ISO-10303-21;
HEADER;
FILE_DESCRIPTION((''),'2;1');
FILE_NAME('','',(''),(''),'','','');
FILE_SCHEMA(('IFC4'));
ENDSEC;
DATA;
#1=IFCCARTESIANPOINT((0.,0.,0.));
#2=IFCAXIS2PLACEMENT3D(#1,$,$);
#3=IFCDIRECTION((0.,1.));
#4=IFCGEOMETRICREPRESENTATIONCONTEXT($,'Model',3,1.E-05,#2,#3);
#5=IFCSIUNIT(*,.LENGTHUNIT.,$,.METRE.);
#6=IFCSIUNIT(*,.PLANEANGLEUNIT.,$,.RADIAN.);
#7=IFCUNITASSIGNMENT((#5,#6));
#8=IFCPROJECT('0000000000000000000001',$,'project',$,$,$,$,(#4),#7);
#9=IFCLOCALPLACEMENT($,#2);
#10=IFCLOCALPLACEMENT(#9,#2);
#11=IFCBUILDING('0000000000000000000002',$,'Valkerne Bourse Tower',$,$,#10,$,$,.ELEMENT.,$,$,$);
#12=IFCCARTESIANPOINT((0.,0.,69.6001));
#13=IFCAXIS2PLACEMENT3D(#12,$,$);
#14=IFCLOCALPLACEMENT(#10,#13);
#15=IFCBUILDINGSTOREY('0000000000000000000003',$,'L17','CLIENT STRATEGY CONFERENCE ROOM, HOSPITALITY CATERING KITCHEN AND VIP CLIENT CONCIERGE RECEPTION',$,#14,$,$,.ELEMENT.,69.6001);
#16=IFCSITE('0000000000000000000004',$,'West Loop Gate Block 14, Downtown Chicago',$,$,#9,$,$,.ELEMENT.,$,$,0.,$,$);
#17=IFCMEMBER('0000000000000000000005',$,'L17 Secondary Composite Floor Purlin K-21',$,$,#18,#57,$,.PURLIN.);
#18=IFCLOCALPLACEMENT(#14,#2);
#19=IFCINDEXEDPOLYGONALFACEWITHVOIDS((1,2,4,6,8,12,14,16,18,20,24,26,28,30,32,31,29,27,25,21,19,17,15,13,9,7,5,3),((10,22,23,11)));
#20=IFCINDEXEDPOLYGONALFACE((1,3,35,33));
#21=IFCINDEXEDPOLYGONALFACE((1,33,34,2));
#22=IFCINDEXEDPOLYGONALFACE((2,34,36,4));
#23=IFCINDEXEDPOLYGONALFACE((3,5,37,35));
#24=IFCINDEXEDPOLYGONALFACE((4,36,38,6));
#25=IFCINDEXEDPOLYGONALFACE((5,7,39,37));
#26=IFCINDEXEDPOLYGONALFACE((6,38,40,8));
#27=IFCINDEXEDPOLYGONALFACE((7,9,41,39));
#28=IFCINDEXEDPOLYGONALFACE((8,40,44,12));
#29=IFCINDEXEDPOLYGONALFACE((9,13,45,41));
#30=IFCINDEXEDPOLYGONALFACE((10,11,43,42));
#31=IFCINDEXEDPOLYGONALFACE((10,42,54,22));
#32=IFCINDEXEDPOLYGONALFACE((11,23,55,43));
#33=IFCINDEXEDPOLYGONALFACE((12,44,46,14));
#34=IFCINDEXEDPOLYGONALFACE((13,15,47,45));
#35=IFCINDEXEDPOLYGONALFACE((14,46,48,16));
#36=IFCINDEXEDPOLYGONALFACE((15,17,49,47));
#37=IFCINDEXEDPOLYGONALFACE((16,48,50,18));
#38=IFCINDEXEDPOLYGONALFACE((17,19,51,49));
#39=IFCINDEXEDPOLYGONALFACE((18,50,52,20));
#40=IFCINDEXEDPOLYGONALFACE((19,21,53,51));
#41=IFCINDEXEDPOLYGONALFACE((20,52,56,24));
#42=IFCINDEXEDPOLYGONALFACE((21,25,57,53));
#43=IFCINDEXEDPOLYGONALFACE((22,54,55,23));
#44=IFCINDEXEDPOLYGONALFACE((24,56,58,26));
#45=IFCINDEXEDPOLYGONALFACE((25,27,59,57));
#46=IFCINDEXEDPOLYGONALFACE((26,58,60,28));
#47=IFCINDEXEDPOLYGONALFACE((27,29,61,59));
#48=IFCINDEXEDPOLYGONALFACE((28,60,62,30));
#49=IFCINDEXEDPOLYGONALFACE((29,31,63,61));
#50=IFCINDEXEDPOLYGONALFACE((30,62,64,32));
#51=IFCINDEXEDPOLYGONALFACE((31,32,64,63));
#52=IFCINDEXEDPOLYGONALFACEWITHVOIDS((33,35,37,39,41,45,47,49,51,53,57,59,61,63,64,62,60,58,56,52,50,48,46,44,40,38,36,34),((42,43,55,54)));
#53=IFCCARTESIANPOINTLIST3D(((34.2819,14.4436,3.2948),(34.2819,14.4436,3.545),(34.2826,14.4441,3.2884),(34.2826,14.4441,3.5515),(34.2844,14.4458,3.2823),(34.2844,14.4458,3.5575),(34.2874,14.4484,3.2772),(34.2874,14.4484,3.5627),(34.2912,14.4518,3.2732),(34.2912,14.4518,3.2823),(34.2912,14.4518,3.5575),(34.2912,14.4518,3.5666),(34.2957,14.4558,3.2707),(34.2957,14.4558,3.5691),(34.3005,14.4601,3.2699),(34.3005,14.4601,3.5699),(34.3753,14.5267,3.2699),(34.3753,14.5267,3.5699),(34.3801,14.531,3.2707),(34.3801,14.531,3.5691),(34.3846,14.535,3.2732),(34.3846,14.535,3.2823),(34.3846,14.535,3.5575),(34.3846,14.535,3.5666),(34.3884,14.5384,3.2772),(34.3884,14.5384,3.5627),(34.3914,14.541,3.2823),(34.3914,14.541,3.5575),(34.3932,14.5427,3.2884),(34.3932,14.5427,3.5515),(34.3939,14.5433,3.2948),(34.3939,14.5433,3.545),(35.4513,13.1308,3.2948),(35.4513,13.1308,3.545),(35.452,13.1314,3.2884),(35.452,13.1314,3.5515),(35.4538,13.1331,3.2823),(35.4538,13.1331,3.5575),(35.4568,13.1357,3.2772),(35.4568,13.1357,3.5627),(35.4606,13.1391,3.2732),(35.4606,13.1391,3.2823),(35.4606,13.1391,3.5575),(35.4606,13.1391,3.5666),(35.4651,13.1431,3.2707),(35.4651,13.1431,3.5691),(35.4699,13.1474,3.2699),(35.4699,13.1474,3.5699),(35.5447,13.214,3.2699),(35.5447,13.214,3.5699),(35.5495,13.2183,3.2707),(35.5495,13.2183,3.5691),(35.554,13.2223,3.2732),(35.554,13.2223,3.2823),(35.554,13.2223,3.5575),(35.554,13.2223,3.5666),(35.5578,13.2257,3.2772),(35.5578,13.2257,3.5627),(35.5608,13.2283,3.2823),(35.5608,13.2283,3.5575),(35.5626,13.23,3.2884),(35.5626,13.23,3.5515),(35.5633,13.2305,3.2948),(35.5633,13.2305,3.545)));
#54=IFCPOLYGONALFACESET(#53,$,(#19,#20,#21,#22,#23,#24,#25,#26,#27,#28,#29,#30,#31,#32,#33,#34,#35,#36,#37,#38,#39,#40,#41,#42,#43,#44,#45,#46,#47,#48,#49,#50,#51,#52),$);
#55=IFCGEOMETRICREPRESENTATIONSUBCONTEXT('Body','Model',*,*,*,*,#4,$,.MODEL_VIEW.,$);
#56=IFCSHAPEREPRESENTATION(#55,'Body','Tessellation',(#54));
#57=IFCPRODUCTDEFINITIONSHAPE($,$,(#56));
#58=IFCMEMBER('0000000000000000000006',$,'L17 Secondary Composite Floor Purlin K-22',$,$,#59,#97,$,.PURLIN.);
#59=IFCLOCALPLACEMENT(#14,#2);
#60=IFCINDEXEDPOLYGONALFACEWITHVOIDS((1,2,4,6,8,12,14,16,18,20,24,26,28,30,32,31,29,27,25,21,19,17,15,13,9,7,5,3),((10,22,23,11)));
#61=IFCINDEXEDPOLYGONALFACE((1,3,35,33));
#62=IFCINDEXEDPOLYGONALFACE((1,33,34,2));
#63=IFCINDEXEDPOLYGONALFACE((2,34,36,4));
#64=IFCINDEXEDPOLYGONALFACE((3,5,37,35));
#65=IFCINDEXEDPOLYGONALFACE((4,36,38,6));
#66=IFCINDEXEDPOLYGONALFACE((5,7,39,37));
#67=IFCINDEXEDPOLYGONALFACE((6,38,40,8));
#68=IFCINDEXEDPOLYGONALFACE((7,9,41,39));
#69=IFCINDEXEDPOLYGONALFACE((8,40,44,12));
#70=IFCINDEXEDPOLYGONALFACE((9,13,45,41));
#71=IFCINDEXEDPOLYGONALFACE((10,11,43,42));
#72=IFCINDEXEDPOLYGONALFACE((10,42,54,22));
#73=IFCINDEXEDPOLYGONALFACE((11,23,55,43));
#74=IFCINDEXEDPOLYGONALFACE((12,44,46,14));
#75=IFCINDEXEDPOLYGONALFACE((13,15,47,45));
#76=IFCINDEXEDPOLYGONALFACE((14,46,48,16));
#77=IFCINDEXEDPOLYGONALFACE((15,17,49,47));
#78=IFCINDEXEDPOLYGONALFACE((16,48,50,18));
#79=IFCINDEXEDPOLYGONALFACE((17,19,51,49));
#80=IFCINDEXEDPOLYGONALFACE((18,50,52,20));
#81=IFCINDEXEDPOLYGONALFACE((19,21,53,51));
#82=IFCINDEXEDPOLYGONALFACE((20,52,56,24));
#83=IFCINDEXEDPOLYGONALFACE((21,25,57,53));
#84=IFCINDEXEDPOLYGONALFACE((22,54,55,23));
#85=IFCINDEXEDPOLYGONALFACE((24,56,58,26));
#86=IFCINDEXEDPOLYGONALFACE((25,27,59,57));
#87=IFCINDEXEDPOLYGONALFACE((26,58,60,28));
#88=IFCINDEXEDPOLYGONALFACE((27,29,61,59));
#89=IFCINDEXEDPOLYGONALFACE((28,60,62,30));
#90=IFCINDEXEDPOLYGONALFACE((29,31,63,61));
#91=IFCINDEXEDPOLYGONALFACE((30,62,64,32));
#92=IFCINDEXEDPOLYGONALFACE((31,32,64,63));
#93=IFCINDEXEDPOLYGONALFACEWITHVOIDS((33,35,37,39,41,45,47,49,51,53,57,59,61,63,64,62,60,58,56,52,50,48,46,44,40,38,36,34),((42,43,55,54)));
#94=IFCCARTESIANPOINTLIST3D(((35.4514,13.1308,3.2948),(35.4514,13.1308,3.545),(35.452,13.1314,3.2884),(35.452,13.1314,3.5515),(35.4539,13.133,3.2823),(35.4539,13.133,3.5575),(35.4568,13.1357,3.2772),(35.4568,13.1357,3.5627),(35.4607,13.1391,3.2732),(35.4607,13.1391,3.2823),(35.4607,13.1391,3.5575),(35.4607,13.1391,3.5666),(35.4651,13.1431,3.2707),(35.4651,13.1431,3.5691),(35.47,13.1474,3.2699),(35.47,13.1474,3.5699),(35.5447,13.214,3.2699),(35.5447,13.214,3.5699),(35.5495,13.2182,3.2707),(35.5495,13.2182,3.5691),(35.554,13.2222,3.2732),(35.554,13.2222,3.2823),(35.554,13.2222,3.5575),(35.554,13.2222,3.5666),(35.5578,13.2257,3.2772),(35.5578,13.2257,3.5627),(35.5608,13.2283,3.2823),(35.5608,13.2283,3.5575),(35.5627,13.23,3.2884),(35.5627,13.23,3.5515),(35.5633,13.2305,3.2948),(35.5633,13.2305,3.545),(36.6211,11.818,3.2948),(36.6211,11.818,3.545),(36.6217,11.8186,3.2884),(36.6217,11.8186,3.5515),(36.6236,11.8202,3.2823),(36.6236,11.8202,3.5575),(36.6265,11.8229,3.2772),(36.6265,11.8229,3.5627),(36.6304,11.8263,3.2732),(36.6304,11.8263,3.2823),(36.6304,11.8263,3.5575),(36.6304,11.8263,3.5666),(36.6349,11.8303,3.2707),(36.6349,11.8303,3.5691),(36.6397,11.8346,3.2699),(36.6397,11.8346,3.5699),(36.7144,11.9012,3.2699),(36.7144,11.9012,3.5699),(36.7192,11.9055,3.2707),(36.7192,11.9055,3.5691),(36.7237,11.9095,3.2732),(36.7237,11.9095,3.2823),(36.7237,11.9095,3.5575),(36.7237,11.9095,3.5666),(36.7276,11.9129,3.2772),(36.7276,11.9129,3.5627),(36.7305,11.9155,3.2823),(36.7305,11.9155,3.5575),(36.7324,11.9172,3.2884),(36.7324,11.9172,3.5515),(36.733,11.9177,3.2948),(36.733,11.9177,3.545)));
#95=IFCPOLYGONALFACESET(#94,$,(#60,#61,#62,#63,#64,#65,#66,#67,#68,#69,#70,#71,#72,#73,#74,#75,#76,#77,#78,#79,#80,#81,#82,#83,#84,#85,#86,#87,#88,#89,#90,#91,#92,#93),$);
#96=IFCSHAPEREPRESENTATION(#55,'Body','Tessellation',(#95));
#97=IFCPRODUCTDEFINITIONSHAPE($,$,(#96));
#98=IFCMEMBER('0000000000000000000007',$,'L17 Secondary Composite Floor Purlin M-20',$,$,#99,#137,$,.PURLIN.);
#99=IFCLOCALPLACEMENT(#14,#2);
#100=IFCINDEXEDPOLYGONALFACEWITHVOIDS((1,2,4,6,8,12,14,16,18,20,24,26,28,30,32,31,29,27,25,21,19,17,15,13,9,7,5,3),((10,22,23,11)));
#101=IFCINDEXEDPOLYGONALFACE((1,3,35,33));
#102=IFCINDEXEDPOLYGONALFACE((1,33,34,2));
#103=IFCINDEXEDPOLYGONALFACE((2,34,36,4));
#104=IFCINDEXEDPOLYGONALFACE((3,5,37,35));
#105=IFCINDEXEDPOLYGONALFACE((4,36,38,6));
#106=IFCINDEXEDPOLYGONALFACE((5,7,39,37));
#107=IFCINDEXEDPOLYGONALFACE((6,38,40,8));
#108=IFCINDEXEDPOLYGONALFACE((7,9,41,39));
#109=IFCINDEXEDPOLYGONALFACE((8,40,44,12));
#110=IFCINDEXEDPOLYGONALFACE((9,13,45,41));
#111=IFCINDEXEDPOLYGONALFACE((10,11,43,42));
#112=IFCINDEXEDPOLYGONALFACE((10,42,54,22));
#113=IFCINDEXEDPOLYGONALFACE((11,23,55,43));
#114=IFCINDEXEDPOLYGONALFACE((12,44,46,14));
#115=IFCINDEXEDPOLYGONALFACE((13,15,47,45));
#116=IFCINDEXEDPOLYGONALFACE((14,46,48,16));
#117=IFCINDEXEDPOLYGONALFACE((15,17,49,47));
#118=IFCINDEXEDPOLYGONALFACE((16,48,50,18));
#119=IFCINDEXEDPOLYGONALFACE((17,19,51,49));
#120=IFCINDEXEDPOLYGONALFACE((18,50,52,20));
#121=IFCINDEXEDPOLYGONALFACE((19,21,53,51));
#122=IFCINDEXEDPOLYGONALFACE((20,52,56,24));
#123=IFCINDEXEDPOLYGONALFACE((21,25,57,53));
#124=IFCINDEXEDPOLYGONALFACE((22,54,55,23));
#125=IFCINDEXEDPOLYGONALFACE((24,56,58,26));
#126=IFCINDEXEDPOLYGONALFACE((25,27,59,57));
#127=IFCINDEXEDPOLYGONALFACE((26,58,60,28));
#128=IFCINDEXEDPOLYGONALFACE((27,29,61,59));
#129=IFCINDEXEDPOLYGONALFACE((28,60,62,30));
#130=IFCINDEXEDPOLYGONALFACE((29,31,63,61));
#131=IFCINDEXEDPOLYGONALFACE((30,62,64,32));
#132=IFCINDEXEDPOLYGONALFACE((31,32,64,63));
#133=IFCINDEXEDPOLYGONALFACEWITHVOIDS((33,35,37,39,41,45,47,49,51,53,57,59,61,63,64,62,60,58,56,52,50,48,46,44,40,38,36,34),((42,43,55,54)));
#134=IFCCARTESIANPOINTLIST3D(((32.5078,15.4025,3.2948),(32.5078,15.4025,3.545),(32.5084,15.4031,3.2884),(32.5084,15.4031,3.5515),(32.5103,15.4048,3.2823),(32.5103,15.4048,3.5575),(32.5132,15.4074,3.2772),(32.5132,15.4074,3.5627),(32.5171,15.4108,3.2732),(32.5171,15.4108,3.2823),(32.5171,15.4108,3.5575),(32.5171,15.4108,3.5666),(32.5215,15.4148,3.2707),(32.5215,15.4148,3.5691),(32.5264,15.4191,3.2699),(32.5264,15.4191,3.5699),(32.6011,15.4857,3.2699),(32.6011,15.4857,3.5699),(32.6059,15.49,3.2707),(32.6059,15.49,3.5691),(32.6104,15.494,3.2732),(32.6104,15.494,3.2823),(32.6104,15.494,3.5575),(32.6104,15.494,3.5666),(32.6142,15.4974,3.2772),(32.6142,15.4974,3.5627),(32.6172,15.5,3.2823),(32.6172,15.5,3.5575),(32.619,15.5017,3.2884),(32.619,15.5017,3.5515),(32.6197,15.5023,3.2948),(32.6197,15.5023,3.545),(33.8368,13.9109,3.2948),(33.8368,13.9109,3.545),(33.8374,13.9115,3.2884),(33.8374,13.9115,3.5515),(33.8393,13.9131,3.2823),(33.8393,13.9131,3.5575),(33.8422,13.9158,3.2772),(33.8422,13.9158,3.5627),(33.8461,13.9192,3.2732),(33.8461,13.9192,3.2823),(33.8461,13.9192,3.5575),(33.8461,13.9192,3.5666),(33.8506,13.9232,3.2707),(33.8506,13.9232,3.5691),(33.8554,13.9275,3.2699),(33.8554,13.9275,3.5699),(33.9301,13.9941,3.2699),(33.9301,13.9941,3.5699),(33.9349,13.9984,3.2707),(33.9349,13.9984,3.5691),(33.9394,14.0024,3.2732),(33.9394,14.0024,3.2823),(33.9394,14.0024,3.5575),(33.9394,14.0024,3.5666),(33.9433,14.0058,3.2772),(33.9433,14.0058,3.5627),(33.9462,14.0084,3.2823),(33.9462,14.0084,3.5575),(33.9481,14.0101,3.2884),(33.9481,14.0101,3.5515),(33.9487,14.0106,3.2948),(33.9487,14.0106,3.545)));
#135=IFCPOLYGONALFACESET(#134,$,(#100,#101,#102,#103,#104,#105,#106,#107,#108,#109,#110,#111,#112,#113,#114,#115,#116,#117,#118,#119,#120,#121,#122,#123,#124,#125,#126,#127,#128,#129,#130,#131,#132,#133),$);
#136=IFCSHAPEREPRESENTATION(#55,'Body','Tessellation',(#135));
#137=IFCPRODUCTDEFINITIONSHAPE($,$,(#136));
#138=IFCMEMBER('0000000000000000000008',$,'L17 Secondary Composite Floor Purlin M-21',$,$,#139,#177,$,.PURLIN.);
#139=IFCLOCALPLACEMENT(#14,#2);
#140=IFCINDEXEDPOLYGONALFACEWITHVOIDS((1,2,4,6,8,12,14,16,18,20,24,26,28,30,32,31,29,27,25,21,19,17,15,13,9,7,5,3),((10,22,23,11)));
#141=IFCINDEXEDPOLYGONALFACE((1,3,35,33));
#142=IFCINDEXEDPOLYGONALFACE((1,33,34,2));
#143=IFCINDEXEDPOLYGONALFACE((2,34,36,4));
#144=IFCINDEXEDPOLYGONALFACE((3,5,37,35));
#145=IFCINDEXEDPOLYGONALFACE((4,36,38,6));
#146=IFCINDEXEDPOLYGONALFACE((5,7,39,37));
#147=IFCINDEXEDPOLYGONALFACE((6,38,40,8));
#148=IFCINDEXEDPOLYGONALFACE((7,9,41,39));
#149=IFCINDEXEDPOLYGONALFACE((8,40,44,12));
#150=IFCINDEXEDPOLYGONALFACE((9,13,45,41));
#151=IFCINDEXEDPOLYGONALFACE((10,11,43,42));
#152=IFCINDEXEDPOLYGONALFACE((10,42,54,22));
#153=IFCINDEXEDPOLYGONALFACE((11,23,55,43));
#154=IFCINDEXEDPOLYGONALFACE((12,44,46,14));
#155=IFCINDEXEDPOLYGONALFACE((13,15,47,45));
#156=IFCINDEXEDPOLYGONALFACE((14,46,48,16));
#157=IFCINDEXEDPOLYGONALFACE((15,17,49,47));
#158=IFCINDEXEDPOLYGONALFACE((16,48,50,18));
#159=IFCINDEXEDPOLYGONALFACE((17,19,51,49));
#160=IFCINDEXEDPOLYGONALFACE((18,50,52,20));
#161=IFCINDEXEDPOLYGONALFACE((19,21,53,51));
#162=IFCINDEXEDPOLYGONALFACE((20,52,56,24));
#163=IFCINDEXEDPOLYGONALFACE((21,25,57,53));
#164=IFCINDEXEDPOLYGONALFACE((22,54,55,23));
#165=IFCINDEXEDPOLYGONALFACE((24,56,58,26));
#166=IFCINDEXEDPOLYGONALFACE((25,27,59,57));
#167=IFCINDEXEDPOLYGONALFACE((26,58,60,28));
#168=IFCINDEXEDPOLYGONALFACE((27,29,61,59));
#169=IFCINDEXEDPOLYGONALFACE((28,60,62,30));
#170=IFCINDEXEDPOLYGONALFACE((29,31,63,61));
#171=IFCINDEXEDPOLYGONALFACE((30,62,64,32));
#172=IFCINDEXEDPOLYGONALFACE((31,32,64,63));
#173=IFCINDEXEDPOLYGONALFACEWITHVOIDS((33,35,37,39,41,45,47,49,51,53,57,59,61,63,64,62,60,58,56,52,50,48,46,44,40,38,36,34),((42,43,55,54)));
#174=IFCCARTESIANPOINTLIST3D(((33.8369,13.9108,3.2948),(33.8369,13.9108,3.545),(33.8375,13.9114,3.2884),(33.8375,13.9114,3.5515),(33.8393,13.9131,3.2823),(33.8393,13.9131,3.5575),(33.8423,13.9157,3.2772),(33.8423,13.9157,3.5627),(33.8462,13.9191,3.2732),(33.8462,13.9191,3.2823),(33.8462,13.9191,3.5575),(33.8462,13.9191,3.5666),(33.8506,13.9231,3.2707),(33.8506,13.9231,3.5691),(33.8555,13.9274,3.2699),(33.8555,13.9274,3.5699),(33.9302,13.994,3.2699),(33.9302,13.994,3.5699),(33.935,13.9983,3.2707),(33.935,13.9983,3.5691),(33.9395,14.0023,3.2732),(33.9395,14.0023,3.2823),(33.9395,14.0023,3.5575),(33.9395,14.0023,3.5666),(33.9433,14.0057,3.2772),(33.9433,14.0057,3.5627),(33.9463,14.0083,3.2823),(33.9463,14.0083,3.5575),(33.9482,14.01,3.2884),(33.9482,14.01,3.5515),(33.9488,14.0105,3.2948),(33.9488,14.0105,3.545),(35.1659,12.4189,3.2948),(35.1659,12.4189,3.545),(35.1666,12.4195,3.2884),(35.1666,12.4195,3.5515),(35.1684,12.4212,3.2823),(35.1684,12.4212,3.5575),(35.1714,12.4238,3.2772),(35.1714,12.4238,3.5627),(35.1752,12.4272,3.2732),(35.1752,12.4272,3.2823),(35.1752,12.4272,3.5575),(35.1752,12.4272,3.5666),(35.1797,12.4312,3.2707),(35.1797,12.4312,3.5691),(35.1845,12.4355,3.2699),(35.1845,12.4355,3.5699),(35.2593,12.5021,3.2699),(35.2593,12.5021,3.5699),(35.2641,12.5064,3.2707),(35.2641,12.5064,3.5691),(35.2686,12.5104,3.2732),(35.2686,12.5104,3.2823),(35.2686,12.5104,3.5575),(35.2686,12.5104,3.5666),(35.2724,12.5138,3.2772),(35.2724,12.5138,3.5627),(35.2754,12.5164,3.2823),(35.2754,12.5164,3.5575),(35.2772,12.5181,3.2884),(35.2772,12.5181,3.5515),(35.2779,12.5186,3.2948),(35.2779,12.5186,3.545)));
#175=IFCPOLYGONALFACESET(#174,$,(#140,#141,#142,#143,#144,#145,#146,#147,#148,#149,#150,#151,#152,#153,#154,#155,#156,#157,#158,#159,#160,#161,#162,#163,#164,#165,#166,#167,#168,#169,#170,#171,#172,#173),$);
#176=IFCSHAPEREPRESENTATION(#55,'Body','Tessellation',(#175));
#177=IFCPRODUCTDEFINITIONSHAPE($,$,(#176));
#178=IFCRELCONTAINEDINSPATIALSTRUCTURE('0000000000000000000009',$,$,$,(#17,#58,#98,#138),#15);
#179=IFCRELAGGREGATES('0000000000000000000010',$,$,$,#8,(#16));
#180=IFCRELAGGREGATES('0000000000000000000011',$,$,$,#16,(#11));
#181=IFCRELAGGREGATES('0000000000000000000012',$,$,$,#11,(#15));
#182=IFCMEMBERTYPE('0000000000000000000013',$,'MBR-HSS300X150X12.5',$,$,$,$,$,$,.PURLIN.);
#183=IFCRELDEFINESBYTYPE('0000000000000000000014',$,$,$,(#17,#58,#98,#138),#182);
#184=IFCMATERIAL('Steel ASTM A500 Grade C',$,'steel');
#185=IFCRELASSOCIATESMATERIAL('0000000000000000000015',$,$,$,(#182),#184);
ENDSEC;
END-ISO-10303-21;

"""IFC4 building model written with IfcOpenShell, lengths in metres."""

from ifc_helpers import new_model, si_unit, direction, frame, origin, origin_2d, place, context, subcontext, project, spatial, hollow_rectangle, extrude, material, material_profile, profile_set, type_object, element, save


model = new_model("IFC4")

# Units and contexts
model_context = context("Model", 3, precision=1e-05, world=origin(), true_north=direction((0.0, 1.0)))
body_context = subcontext(model_context, "Body", "Model", "MODEL_VIEW")
ifc_project = project(units=[si_unit("LENGTHUNIT", "METRE"), si_unit("PLANEANGLEUNIT", "RADIAN")], contexts=[model_context])

# Site, building, storey
site_placement = place(None, origin())
site = spatial("IfcSite", under=ifc_project, at=site_placement, Name="West Loop Gate Block 14, Downtown Chicago", CompositionType="ELEMENT", RefElevation=0.0)
building_placement = place(site_placement, origin())
building = spatial("IfcBuilding", under=site, at=building_placement, Name="Valkerne Bourse Tower", CompositionType="ELEMENT")
storey_placement = place(building_placement, frame((0.0, 0.0, 69.6001)))
storey = spatial("IfcBuildingStorey", under=building, at=storey_placement, Name="L17", Description="CLIENT STRATEGY CONFERENCE ROOM, HOSPITALITY CATERING KITCHEN AND VIP CLIENT CONCIERGE RECEPTION", CompositionType="ELEMENT", Elevation=69.6001)

# Members
ifc_material_1 = material(Name="Steel ASTM A500 Grade C", Category="steel")
ifc_material_profile_1 = material_profile(ifc_material_1, hollow_rectangle(XDim=0.1499, YDim=0.3, WallThickness=0.0125, OuterFilletRadius=0.0249, at=origin_2d()), Name="HSS300X150X12.5")
ifc_profile_set_1 = profile_set([ifc_material_profile_1], Name="Steel ASTM A500 Grade C")
member_type_1 = type_object("IfcMemberType", Name="MBR-HSS300X150X12.5", PredefinedType="PURLIN", material=ifc_profile_set_1)
member_1_placement = place(storey_placement, frame((34.3379, 14.4934, 3.4199), z_axis=(0.665174, -0.746689, 0.0), x_axis=(0.746689, 0.665174, 0.0)))
element("IfcMember", 1, at=member_1_placement, inside=storey, type_object=member_type_1, Name="L17 Secondary Composite Floor Purlin K-21", PredefinedType="PURLIN", context=body_context, shape_type="SweptSolid", body=[
    extrude(hollow_rectangle(XDim=0.1499, YDim=0.3, WallThickness=0.0125, OuterFilletRadius=0.0249, at=origin_2d()), origin(), (0.0, 0.0, 1.0), 1.7581),
])
member_2_placement = place(storey_placement, frame((35.5073, 13.1807, 3.4199), z_axis=(0.665251, -0.74662, 0.0), x_axis=(0.74662, 0.665251, 0.0)))
element("IfcMember", 2, at=member_2_placement, inside=storey, type_object=member_type_1, Name="L17 Secondary Composite Floor Purlin K-22", PredefinedType="PURLIN", context=body_context, shape_type="SweptSolid", body=[
    extrude(hollow_rectangle(XDim=0.1499, YDim=0.3, WallThickness=0.0125, OuterFilletRadius=0.0249, at=origin_2d()), origin(), (0.0, 0.0, 1.0), 1.7583),
])
member_3_placement = place(storey_placement, frame((32.5637, 15.4524, 3.4199), z_axis=(0.665243, -0.746627, 0.0), x_axis=(0.746627, 0.665243, 0.0)))
element("IfcMember", 3, at=member_3_placement, inside=storey, type_object=member_type_1, Name="L17 Secondary Composite Floor Purlin M-20", PredefinedType="PURLIN", context=body_context, shape_type="SweptSolid", body=[
    extrude(hollow_rectangle(XDim=0.1499, YDim=0.3, WallThickness=0.0125, OuterFilletRadius=0.0249, at=origin_2d()), origin(), (0.0, 0.0, 1.0), 1.9978),
])
member_4_placement = place(storey_placement, frame((33.8928, 13.9607, 3.4199), z_axis=(0.665183, -0.746681, 0.0), x_axis=(0.746681, 0.665183, 0.0)))
element("IfcMember", 4, at=member_4_placement, inside=storey, type_object=member_type_1, Name="L17 Secondary Composite Floor Purlin M-21", PredefinedType="PURLIN", context=body_context, shape_type="SweptSolid", body=[
    extrude(hollow_rectangle(XDim=0.1499, YDim=0.3, WallThickness=0.0125, OuterFilletRadius=0.0249, at=origin_2d()), origin(), (0.0, 0.0, 1.0), 1.998),
])

save(model, "model.ifc")
